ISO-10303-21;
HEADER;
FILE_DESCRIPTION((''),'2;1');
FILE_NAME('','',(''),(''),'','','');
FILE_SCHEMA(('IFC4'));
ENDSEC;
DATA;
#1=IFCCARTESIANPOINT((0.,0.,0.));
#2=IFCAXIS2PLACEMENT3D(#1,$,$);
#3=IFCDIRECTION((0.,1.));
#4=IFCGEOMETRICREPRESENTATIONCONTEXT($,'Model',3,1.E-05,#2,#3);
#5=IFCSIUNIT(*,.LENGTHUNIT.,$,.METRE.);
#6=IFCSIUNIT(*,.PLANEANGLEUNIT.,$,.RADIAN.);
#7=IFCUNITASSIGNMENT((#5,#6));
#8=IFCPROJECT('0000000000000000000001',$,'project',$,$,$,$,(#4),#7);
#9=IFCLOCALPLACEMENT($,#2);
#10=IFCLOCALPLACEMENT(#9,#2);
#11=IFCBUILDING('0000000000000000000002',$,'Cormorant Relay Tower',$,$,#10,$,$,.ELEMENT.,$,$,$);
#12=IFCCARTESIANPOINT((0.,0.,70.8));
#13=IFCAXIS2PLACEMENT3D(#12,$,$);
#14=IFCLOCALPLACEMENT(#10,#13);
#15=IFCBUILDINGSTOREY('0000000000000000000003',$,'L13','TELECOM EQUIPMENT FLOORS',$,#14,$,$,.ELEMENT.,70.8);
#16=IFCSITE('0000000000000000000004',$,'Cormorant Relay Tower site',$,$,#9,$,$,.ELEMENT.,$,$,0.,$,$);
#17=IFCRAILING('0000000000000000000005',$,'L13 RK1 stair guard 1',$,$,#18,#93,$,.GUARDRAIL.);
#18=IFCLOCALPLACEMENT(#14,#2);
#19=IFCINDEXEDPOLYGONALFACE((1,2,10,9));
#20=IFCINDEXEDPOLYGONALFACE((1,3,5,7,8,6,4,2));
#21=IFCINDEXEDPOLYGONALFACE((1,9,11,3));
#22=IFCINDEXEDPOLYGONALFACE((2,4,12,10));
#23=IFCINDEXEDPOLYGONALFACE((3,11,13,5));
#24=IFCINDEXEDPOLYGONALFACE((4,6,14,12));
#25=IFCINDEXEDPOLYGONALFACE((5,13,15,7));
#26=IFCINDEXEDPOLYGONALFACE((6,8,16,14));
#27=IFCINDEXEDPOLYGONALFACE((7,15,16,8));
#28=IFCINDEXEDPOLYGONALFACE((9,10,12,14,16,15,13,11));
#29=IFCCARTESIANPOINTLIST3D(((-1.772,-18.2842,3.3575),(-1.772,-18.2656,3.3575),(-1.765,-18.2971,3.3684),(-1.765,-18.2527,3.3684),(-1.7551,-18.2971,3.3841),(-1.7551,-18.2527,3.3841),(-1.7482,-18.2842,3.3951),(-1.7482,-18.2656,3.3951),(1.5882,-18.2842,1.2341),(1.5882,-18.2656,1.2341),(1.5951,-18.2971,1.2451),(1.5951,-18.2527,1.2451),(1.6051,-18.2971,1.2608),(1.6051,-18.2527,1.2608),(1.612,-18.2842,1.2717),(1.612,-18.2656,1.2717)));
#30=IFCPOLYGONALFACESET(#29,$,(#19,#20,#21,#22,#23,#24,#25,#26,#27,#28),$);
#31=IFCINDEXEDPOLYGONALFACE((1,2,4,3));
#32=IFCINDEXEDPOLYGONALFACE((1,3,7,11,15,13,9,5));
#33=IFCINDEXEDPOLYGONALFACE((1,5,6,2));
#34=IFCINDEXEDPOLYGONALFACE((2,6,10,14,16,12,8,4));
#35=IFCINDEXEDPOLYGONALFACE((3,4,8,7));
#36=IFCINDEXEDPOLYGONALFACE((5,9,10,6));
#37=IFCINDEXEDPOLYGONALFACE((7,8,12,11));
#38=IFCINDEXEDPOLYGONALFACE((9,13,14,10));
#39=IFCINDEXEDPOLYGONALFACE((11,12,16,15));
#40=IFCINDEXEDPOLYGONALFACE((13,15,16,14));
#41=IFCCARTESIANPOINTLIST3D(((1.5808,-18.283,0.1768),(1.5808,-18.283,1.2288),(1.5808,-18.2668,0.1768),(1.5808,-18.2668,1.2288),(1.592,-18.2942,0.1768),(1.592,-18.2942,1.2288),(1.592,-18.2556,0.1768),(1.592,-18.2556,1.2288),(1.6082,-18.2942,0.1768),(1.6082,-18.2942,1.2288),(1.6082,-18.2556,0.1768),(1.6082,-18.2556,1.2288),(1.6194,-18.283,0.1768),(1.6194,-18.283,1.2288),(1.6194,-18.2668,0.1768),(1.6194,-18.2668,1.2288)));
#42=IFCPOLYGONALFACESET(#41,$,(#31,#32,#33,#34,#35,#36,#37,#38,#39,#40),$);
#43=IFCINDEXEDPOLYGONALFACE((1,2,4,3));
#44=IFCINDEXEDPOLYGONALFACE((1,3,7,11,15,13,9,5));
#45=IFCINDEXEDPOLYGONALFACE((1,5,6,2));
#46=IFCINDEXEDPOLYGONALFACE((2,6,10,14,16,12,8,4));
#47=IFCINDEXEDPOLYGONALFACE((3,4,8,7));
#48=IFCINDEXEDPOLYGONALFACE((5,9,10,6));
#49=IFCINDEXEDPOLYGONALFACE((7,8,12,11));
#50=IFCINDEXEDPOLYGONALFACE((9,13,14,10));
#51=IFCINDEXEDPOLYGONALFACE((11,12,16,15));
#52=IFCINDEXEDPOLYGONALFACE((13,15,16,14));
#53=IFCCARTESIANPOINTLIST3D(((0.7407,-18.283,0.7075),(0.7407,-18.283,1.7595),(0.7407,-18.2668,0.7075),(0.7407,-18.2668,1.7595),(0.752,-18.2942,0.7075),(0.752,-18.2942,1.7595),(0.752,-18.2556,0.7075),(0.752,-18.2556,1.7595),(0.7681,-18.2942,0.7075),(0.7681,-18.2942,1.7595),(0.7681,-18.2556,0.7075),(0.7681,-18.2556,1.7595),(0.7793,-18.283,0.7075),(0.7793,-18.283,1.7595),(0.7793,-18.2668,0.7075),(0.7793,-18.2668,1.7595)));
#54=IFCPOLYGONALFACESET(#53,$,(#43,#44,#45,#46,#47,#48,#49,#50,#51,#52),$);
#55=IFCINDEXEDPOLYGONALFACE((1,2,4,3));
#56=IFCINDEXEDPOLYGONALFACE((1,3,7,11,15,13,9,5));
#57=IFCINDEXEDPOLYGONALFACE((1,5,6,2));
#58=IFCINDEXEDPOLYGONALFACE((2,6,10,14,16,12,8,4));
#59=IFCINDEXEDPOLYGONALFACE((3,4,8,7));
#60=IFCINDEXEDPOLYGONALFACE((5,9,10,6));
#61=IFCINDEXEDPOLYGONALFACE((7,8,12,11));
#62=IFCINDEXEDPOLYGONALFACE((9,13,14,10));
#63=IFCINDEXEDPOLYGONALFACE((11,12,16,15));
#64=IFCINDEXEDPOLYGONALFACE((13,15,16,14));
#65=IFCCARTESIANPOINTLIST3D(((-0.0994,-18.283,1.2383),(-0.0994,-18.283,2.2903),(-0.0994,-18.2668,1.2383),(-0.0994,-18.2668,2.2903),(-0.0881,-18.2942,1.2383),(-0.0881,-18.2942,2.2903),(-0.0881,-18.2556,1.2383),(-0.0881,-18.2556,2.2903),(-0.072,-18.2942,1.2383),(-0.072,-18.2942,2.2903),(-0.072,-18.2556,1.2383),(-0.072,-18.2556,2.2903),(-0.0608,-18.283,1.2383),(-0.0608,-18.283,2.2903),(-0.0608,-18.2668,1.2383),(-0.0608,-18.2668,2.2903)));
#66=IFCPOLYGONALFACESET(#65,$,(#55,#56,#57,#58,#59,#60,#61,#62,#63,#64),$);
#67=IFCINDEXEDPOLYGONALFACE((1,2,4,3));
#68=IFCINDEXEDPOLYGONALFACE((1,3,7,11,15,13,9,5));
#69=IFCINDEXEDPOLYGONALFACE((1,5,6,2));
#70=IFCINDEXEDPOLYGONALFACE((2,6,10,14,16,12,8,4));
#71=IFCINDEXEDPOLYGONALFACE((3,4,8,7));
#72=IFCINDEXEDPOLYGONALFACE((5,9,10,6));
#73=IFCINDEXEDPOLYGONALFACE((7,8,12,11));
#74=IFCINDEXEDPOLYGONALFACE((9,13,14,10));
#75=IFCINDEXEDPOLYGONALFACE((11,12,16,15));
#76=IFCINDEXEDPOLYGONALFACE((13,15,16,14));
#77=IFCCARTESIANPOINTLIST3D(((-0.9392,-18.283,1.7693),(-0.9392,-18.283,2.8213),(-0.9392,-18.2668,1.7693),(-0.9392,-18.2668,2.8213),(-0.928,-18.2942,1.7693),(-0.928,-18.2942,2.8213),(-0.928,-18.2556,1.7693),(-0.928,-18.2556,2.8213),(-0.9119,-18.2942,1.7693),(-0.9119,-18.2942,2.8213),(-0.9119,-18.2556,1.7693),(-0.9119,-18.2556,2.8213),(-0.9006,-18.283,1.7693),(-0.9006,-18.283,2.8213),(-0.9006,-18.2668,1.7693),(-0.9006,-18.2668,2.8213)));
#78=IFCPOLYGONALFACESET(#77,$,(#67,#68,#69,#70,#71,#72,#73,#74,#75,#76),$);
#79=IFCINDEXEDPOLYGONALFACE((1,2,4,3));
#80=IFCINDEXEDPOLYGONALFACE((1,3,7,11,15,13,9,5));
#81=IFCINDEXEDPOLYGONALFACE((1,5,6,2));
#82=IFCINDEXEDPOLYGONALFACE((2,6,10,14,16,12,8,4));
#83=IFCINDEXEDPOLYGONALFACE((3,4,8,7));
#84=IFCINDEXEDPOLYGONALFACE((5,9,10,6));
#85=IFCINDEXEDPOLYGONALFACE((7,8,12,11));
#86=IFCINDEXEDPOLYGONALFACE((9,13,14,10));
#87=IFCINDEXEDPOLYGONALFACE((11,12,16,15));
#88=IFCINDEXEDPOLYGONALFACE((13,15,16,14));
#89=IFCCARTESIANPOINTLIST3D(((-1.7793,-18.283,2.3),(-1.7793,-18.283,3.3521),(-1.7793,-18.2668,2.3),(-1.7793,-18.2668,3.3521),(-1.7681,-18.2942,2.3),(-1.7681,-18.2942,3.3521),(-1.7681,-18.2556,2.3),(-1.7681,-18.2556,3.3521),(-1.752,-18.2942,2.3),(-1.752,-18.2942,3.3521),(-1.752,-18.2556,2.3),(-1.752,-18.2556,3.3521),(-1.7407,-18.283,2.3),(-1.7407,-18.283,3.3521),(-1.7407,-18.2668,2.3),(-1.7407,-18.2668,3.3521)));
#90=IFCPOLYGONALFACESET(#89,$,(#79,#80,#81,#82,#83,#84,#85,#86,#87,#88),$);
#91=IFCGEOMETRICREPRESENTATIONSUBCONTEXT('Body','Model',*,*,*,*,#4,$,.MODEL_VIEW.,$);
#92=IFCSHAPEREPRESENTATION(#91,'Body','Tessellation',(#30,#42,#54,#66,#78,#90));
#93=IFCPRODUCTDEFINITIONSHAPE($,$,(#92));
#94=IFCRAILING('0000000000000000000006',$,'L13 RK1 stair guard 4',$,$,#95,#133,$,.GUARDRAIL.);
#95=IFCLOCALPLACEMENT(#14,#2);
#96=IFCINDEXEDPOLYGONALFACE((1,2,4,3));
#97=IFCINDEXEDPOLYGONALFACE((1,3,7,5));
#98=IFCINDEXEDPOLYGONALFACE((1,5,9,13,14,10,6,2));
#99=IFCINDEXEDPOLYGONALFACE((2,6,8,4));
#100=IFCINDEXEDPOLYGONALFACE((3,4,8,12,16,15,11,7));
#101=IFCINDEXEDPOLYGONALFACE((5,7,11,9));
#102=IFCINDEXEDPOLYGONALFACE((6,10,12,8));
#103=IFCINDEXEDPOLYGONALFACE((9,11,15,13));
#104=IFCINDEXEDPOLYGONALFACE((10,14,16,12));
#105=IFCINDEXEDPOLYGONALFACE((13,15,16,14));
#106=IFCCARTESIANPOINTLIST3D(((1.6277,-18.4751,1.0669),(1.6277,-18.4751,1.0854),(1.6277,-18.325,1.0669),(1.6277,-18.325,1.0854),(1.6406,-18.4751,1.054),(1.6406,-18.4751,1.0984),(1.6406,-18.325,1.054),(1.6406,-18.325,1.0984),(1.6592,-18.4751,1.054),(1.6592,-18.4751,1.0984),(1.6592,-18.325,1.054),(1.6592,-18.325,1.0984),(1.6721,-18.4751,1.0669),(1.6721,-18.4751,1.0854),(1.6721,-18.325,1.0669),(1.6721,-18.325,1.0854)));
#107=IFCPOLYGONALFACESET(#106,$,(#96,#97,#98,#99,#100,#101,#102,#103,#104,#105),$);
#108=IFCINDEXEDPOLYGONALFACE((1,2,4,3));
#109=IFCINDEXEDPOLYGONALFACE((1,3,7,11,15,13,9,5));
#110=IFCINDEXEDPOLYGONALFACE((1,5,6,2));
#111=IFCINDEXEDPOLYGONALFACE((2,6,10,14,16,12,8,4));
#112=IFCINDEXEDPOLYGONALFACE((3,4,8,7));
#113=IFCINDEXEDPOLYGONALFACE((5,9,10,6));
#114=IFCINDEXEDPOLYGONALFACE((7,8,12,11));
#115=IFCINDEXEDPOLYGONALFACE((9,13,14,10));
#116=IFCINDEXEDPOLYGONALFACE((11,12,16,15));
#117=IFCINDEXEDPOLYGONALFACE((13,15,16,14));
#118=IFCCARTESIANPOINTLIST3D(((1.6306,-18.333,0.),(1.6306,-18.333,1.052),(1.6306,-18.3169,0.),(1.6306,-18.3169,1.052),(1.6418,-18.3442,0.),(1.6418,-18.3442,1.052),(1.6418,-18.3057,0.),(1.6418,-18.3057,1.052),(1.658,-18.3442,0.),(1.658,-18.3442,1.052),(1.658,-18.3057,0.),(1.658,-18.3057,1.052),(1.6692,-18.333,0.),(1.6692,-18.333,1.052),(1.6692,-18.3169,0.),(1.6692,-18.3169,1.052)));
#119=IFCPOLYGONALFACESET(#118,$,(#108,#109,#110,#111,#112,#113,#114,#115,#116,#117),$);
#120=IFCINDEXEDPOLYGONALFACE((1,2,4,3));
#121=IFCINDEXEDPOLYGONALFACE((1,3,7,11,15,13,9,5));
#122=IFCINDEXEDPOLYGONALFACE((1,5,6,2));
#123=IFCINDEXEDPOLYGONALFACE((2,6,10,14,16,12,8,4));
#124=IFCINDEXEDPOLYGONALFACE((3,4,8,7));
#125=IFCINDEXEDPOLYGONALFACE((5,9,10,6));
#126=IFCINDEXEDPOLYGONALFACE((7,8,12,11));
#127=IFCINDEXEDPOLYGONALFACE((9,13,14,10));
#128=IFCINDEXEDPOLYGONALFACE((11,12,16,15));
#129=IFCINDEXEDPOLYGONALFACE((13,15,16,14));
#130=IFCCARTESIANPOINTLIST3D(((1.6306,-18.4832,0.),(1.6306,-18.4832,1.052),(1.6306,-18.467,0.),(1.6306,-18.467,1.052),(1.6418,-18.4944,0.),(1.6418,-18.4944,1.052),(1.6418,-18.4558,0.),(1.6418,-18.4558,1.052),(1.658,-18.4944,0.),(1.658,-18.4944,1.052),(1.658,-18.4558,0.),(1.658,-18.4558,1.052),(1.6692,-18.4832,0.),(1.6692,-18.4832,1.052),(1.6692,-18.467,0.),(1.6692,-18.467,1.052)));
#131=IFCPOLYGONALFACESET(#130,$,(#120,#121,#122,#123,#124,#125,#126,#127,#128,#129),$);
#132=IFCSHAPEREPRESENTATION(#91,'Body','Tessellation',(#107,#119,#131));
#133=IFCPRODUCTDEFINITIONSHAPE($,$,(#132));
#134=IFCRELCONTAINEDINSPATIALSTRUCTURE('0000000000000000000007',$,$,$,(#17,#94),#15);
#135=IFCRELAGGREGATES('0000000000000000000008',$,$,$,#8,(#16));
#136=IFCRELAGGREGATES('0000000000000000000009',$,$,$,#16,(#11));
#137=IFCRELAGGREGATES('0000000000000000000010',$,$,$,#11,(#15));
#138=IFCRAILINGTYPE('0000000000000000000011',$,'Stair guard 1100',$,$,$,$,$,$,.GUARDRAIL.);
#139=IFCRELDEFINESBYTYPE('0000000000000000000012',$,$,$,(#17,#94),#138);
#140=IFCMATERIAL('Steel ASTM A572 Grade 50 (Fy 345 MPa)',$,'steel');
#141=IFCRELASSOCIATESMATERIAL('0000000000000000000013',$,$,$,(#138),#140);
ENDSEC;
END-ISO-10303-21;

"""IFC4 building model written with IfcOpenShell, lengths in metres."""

from ifc_helpers import new_model, si_unit, direction, frame, origin, place, context, subcontext, project, spatial, polyline, outline, extrude, material, type_object, element, save


model = new_model("IFC4")

# Units and contexts
model_context = context("Model", 3, precision=1e-05, world=origin(), true_north=direction((0.0, 1.0)))
body_context = subcontext(model_context, "Body", "Model", "MODEL_VIEW")
ifc_project = project(units=[si_unit("LENGTHUNIT", "METRE"), si_unit("PLANEANGLEUNIT", "RADIAN")], contexts=[model_context])

# Site, building, storey
site_placement = place(None, origin())
site = spatial("IfcSite", under=ifc_project, at=site_placement, Name="Cormorant Relay Tower site", CompositionType="ELEMENT", RefElevation=0.0)
building_placement = place(site_placement, origin())
building = spatial("IfcBuilding", under=site, at=building_placement, Name="Cormorant Relay Tower", CompositionType="ELEMENT")
storey_placement = place(building_placement, frame((0.0, 0.0, 70.8)))
storey = spatial("IfcBuildingStorey", under=building, at=storey_placement, Name="L13", Description="TELECOM EQUIPMENT FLOORS", CompositionType="ELEMENT", Elevation=70.8)

# Railings
ifc_material_1 = material(Name="Steel ASTM A572 Grade 50 (Fy 345 MPa)", Category="steel")
railing_type_1 = type_object("IfcRailingType", Name="Stair guard 1100", PredefinedType="GUARDRAIL", material=ifc_material_1)
railing_1_placement = place(storey_placement, frame((1.6001, -18.2749, 0.1768)))
element("IfcRailing", 1, at=railing_1_placement, inside=storey, type_object=railing_type_1, Name="L13 RK1 stair guard 1", PredefinedType="GUARDRAIL", context=body_context, shape_type="SweptSolid", body=[
    extrude(outline(polyline([(0.0222, 0.0093), (0.0093, 0.0222), (-0.0093, 0.0222), (-0.0222, 0.0093), (-0.0222, -0.0093), (-0.0093, -0.0222), (0.0093, -0.0222), (0.0222, -0.0093), (0.0222, 0.0093)])), frame((0.0, 0.0, 1.0762), z_axis=(-0.845362, 0.0, 0.534194), x_axis=(0.0, -1.0, 0.0)), (0.0, 0.0, 1.0), 3.9749),
    extrude(outline(polyline([(0.0193, 0.0081), (0.0081, 0.0193), (-0.0081, 0.0193), (-0.0193, 0.0081), (-0.0193, -0.0081), (-0.0081, -0.0193), (0.0081, -0.0193), (0.0193, -0.0081), (0.0193, 0.0081)])), origin(), (0.0, 0.0, 1.0), 1.052),
    extrude(outline(polyline([(0.0193, 0.0081), (0.0081, 0.0193), (-0.0081, 0.0193), (-0.0193, 0.0081), (-0.0193, -0.0081), (-0.0081, -0.0193), (0.0081, -0.0193), (0.0193, -0.0081), (0.0193, 0.0081)])), frame((-0.8401, 0.0, 0.5308)), (0.0, 0.0, 1.0), 1.052),
    extrude(outline(polyline([(0.0193, 0.0081), (0.0081, 0.0193), (-0.0081, 0.0193), (-0.0193, 0.0081), (-0.0193, -0.0081), (-0.0081, -0.0193), (0.0081, -0.0193), (0.0193, -0.0081), (0.0193, 0.0081)])), frame((-1.6802, 0.0, 1.0615)), (0.0, 0.0, 1.0), 1.052),
    extrude(outline(polyline([(0.0193, 0.0081), (0.0081, 0.0193), (-0.0081, 0.0193), (-0.0193, 0.0081), (-0.0193, -0.0081), (-0.0081, -0.0193), (0.0081, -0.0193), (0.0193, -0.0081), (0.0193, 0.0081)])), frame((-2.52, 0.0, 1.5925)), (0.0, 0.0, 1.0), 1.052),
    extrude(outline(polyline([(0.0193, 0.0081), (0.0081, 0.0193), (-0.0081, 0.0193), (-0.0193, 0.0081), (-0.0193, -0.0081), (-0.0081, -0.0193), (0.0081, -0.0193), (0.0193, -0.0081), (0.0193, 0.0081)])), frame((-3.3601, 0.0, 2.1233)), (0.0, 0.0, 1.0), 1.052),
])
railing_2_placement = place(storey_placement, frame((1.6499, -18.325, 0.0)))
element("IfcRailing", 2, at=railing_2_placement, inside=storey, type_object=railing_type_1, Name="L13 RK1 stair guard 4", PredefinedType="GUARDRAIL", context=body_context, shape_type="SweptSolid", body=[
    extrude(outline(polyline([(0.0222, 0.0093), (0.0093, 0.0222), (-0.0093, 0.0222), (-0.0222, 0.0093), (-0.0222, -0.0093), (-0.0093, -0.0222), (0.0093, -0.0222), (0.0222, -0.0093), (0.0222, 0.0093)])), frame((0.0, 0.0, 1.0762), z_axis=(0.0, -1.0, 0.0), x_axis=(1.0, 0.0, 0.0)), (0.0, 0.0, 1.0), 0.1501),
    extrude(outline(polyline([(0.0193, 0.0081), (0.0081, 0.0193), (-0.0081, 0.0193), (-0.0193, 0.0081), (-0.0193, -0.0081), (-0.0081, -0.0193), (0.0081, -0.0193), (0.0193, -0.0081), (0.0193, 0.0081)])), origin(), (0.0, 0.0, 1.0), 1.052),
    extrude(outline(polyline([(0.0193, 0.0081), (0.0081, 0.0193), (-0.0081, 0.0193), (-0.0193, 0.0081), (-0.0193, -0.0081), (-0.0081, -0.0193), (0.0081, -0.0193), (0.0193, -0.0081), (0.0193, 0.0081)])), frame((0.0, -0.1501, 0.0)), (0.0, 0.0, 1.0), 1.052),
])

save(model, "model.ifc")
